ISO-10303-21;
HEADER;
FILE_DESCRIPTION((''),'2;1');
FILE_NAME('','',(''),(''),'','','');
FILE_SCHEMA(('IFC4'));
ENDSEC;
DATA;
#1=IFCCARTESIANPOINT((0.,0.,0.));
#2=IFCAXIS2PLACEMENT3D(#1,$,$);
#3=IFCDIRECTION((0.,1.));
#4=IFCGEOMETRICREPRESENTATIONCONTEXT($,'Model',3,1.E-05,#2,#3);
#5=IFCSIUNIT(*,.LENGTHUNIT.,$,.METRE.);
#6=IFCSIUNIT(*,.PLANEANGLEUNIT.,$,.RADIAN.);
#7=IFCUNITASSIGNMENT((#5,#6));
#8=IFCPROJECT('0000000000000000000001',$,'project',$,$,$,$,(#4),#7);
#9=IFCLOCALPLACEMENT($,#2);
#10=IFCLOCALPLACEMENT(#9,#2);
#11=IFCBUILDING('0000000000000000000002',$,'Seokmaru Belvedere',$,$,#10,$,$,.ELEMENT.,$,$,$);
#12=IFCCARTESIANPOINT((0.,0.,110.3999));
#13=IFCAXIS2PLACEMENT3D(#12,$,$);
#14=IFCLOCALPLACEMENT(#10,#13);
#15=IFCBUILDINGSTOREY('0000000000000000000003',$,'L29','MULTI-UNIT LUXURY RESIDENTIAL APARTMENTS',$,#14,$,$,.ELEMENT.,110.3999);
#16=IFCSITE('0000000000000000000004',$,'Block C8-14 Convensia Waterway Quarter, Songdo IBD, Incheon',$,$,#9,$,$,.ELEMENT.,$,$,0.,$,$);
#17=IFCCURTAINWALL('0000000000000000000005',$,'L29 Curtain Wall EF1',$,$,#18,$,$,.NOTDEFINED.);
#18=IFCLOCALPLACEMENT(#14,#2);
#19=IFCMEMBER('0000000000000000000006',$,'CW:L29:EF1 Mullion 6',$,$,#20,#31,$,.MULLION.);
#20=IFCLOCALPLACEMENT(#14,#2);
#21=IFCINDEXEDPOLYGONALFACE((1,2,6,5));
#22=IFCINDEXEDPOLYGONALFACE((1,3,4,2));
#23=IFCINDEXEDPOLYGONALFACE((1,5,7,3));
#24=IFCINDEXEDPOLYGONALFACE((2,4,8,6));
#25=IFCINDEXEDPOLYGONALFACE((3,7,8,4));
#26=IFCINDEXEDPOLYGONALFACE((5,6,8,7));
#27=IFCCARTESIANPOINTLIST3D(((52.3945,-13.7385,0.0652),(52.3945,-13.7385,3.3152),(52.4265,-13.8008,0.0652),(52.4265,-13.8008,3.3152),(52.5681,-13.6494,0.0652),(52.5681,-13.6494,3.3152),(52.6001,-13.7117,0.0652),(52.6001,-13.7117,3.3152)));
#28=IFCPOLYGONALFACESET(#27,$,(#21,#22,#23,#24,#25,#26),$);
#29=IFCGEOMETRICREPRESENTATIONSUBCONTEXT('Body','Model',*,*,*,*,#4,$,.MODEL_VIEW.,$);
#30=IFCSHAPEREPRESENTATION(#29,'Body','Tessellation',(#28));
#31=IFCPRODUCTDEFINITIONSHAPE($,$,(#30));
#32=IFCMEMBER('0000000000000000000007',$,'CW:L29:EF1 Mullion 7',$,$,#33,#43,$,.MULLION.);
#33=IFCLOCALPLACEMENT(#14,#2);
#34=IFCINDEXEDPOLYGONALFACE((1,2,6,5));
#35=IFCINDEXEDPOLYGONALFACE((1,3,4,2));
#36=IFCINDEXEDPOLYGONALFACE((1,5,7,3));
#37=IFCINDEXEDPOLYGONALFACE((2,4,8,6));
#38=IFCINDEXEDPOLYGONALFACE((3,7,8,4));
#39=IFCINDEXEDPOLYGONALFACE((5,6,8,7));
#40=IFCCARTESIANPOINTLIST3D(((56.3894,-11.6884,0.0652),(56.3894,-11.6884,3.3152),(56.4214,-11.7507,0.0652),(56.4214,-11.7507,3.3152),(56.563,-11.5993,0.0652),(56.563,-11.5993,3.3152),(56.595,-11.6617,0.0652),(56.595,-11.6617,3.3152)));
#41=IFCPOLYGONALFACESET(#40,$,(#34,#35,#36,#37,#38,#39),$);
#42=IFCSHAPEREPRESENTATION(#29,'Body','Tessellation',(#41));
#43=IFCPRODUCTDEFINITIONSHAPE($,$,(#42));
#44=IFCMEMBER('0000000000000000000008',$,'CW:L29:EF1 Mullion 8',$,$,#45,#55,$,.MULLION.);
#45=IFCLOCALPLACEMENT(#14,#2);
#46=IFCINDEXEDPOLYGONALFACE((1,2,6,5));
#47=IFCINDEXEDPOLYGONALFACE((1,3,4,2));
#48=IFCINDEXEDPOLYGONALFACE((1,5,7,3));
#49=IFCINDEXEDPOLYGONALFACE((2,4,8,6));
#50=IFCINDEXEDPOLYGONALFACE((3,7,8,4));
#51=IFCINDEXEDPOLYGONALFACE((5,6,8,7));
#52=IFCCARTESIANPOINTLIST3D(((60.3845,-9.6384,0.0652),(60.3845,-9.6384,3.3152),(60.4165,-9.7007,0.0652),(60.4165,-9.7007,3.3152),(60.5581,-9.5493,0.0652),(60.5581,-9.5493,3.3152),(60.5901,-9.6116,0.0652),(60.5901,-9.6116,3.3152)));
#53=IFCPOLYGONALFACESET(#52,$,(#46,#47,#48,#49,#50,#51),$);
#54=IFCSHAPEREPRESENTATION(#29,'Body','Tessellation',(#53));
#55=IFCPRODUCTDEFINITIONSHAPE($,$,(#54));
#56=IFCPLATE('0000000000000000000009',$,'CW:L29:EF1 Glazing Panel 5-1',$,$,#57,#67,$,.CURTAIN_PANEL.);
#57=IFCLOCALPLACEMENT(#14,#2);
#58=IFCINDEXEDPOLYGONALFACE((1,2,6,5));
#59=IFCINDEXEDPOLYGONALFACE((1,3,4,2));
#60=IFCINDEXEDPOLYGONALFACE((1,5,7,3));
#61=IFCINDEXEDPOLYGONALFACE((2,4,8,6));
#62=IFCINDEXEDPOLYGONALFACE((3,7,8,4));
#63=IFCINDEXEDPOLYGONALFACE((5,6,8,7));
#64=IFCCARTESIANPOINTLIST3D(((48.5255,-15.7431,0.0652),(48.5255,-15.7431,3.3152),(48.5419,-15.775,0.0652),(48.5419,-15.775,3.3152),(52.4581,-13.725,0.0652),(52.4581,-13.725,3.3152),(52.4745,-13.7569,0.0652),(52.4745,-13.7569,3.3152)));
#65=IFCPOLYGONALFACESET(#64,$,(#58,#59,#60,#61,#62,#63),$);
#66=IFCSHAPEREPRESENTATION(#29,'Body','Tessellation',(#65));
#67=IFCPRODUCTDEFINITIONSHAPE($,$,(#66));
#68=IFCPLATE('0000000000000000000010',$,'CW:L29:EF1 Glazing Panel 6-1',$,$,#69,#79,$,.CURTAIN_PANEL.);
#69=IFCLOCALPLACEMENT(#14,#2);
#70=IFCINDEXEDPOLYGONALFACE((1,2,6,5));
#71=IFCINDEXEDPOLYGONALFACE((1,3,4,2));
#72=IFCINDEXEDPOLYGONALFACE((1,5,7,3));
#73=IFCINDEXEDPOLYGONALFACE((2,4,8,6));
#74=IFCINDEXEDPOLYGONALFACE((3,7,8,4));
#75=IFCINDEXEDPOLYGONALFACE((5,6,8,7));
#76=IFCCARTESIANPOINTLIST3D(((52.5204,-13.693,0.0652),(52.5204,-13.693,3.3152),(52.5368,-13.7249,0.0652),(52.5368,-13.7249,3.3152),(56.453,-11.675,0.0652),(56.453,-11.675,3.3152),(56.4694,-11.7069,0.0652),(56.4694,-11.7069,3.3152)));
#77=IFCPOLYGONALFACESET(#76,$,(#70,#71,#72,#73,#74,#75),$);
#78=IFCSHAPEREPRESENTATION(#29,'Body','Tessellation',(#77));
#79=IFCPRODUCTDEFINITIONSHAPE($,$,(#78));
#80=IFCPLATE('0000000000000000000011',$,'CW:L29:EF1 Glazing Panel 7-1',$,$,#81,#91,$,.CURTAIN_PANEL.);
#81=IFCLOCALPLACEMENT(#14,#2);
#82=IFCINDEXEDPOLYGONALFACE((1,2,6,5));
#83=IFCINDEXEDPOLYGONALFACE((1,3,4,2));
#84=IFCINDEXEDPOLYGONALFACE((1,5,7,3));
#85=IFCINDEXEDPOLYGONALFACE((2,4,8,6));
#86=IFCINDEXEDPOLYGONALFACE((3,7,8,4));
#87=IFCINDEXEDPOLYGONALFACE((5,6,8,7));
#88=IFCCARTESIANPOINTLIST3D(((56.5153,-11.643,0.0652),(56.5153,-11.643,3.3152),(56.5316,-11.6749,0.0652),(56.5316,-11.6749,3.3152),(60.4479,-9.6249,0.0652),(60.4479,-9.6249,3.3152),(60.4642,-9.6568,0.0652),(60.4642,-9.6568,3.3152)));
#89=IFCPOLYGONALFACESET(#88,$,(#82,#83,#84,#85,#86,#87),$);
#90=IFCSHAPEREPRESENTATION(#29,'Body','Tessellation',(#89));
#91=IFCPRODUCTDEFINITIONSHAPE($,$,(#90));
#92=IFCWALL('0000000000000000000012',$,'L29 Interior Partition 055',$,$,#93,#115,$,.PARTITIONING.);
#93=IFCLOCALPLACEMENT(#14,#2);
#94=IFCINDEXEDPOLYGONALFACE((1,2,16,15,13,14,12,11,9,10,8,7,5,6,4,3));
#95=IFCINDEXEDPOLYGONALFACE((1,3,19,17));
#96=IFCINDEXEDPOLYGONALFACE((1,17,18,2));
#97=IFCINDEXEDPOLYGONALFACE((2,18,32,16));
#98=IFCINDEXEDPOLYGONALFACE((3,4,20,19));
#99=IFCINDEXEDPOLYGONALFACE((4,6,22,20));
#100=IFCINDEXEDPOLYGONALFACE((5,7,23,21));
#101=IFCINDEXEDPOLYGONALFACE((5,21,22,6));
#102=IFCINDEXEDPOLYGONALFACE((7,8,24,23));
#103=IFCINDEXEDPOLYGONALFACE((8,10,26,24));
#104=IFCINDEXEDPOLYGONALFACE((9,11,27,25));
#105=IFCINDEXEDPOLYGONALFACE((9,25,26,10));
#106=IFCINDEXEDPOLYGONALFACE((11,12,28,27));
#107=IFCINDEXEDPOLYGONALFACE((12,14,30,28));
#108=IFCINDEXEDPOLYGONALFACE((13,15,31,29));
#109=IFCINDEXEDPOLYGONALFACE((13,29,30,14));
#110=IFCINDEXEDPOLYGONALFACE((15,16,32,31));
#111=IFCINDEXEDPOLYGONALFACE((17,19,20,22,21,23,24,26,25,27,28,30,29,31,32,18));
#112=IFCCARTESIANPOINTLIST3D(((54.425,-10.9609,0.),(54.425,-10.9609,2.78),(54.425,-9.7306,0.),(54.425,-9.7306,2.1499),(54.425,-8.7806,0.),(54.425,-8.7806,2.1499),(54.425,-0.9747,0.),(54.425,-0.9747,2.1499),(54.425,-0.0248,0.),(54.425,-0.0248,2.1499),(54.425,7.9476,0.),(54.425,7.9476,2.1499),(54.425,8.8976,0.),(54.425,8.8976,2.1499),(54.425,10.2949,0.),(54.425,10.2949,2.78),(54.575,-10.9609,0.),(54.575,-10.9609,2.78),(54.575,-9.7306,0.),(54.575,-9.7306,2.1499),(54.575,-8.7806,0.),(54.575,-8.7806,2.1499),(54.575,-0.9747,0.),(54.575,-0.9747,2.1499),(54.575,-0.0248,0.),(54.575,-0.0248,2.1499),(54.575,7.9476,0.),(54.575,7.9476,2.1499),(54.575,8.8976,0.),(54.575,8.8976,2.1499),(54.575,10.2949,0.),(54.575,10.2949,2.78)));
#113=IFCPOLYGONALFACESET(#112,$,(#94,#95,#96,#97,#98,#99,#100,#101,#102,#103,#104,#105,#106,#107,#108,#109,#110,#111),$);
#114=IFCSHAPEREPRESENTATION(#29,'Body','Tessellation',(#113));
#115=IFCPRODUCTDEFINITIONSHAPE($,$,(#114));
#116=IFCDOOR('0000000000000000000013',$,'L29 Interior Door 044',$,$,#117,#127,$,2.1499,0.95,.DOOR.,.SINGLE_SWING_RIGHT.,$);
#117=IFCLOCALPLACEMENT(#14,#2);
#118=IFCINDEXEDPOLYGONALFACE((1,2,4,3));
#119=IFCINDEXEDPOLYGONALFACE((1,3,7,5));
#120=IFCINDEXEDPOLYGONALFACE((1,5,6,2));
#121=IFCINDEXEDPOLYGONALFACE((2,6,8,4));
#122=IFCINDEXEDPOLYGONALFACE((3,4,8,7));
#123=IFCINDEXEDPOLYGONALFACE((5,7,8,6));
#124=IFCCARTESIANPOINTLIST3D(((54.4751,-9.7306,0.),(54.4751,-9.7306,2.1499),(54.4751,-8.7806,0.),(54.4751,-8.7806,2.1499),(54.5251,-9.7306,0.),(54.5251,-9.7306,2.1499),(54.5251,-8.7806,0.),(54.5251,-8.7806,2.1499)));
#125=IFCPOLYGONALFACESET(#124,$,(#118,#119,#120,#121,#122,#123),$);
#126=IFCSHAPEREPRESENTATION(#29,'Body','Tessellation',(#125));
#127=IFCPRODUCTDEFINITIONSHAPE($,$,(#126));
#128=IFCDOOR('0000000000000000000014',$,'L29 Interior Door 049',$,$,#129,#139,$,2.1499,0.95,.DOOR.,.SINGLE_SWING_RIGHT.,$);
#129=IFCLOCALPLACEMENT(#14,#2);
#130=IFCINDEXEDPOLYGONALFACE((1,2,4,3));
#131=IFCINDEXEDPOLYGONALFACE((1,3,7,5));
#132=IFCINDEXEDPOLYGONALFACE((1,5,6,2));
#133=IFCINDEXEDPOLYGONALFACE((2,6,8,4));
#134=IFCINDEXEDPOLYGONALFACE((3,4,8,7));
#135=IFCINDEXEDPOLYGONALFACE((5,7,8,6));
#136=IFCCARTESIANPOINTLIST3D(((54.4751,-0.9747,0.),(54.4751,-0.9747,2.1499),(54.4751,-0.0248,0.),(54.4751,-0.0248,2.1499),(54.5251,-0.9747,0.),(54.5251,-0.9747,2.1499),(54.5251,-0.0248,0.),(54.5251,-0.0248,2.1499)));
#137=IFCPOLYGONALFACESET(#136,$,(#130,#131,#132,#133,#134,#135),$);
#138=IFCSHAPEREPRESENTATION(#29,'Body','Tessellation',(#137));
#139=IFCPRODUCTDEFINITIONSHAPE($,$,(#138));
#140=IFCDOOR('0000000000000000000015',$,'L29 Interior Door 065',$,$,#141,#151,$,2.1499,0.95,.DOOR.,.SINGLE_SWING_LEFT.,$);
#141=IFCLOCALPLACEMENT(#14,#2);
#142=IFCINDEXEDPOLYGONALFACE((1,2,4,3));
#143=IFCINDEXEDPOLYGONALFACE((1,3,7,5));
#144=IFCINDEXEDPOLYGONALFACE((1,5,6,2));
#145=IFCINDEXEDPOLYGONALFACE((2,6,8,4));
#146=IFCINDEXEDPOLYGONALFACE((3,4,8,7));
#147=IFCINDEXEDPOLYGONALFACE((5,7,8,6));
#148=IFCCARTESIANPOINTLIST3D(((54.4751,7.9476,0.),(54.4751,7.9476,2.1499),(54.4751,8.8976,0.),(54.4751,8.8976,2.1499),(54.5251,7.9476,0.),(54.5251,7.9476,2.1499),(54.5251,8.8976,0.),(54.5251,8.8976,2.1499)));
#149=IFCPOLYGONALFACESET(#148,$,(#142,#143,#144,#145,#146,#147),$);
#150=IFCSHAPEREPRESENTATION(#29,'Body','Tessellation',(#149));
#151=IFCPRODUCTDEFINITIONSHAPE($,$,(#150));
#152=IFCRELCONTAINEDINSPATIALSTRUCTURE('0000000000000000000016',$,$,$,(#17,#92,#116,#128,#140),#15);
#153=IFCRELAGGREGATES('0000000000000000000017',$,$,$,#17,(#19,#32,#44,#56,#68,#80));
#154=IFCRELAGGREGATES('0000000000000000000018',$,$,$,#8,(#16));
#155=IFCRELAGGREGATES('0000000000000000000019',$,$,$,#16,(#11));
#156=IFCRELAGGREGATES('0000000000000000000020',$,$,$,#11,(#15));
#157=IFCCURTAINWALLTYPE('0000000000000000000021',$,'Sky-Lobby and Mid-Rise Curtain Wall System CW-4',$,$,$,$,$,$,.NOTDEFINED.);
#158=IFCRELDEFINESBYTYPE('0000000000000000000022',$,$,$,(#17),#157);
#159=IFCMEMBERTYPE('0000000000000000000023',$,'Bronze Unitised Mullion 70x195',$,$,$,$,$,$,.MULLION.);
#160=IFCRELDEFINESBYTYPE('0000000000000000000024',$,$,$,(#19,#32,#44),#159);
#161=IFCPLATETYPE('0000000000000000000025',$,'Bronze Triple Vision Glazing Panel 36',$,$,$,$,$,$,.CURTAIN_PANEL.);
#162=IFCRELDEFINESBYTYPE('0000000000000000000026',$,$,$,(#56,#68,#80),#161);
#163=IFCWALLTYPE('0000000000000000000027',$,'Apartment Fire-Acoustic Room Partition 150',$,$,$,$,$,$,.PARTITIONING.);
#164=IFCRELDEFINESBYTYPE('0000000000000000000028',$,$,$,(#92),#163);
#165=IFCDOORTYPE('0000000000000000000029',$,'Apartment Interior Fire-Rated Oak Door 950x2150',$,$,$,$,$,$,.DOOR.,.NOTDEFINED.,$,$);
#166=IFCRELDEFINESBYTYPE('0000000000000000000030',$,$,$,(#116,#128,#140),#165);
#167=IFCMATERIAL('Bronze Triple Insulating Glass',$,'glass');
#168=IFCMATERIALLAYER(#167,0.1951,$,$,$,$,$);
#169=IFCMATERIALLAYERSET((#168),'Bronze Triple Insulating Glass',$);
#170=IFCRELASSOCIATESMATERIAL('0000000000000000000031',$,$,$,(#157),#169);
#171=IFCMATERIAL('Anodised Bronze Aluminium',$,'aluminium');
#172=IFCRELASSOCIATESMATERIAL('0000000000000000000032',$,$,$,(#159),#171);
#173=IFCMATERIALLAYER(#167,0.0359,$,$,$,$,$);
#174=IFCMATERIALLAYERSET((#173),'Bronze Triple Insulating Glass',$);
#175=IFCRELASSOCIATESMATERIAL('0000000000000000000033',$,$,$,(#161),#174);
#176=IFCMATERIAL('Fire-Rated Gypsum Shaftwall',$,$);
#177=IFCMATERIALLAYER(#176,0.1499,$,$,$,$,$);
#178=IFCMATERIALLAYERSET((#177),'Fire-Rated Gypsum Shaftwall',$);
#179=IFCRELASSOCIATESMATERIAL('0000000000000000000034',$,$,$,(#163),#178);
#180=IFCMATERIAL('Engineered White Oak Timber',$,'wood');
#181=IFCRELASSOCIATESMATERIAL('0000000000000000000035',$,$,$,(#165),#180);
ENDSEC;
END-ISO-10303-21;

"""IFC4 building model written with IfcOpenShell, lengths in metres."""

from ifc_helpers import new_model, si_unit, direction, frame, frame_2d, origin, origin_2d, place, context, subcontext, project, spatial, rectangle, extrude, source, transform, mapped, material, layer, layer_set, material_profile, profile_set, type_object, type_shapes, element, fill, aggregate, save


model = new_model("IFC4")

# Units and contexts
model_context = context("Model", 3, precision=1e-05, world=origin(), true_north=direction((0.0, 1.0)))
body_context = subcontext(model_context, "Body", "Model", "MODEL_VIEW")
ifc_project = project(units=[si_unit("LENGTHUNIT", "METRE"), si_unit("PLANEANGLEUNIT", "RADIAN")], contexts=[model_context])

# Site, building, storey
site_placement = place(None, origin())
site = spatial("IfcSite", under=ifc_project, at=site_placement, Name="Block C8-14 Convensia Waterway Quarter, Songdo IBD, Incheon", CompositionType="ELEMENT", RefElevation=0.0)
building_placement = place(site_placement, origin())
building = spatial("IfcBuilding", under=site, at=building_placement, Name="Seokmaru Belvedere", CompositionType="ELEMENT")
storey_placement = place(building_placement, frame((0.0, 0.0, 110.3999)))
storey = spatial("IfcBuildingStorey", under=building, at=storey_placement, Name="L29", Description="MULTI-UNIT LUXURY RESIDENTIAL APARTMENTS", CompositionType="ELEMENT", Elevation=110.3999)

# Curtain wall, members, plates
ifc_material_1 = material(Name="Bronze Triple Insulating Glass", Category="glass")
ifc_layer_1 = layer(ifc_material_1, 0.1951)
ifc_layer_set_1 = layer_set([ifc_layer_1], Name="Bronze Triple Insulating Glass")
curtain_wall_type = type_object("IfcCurtainWallType", Name="Sky-Lobby and Mid-Rise Curtain Wall System CW-4", PredefinedType="NOTDEFINED", material=ifc_layer_set_1)
curtain_wall_placement = place(storey_placement, origin())
curtain_wall = element("IfcCurtainWall", 1, at=curtain_wall_placement, inside=storey, type_object=curtain_wall_type, Name="L29 Curtain Wall EF1", PredefinedType="NOTDEFINED")
ifc_material_2 = material(Name="Anodised Bronze Aluminium", Category="aluminium")
ifc_material_profile_1 = material_profile(ifc_material_2, rectangle(XDim=0.0701, YDim=0.1951, at=origin_2d()), Name="CW-M-70x195")
ifc_profile_set_1 = profile_set([ifc_material_profile_1], Name="Anodised Bronze Aluminium")
member_type = type_object("IfcMemberType", Name="Bronze Unitised Mullion 70x195", PredefinedType="MULLION", material=ifc_profile_set_1)
shared_shape_1 = source(origin(), body_context, "Body", "SweptSolid", [
    extrude(rectangle(XDim=0.0701, YDim=0.1951, at=origin_2d()), origin(), (0.0, 0.0, 1.0), 3.25),
])
type_shapes(member_type, [shared_shape_1])
member_1_placement = place(storey_placement, frame((52.4973, -13.7251, 0.0652), z_axis=(0.0, 0.0, 1.0), x_axis=(-0.456555, 0.889695, 0.0)))
member_1 = element("IfcMember", 2, at=member_1_placement, type_object=member_type, Name="CW:L29:EF1 Mullion 6", PredefinedType="MULLION", context=body_context, shape_type="MappedRepresentation", body=[
    mapped(shared_shape_1, transform((0.0, 0.0, 0.0), scale=1.0)),
])
member_2_placement = place(storey_placement, frame((56.4922, -11.675, 0.0652), z_axis=(0.0, 0.0, 1.0), x_axis=(-0.456555, 0.889695, 0.0)))
member_2 = element("IfcMember", 3, at=member_2_placement, type_object=member_type, Name="CW:L29:EF1 Mullion 7", PredefinedType="MULLION", context=body_context, shape_type="MappedRepresentation", body=[
    mapped(shared_shape_1, transform((0.0, 0.0, 0.0), scale=1.0)),
])
member_3_placement = place(storey_placement, frame((60.4873, -9.625, 0.0652), z_axis=(0.0, 0.0, 1.0), x_axis=(-0.456555, 0.889695, 0.0)))
member_3 = element("IfcMember", 4, at=member_3_placement, type_object=member_type, Name="CW:L29:EF1 Mullion 8", PredefinedType="MULLION", context=body_context, shape_type="MappedRepresentation", body=[
    mapped(shared_shape_1, transform((0.0, 0.0, 0.0), scale=1.0)),
])
ifc_layer_2 = layer(ifc_material_1, 0.0359)
ifc_layer_set_2 = layer_set([ifc_layer_2], Name="Bronze Triple Insulating Glass")
plate_type = type_object("IfcPlateType", Name="Bronze Triple Vision Glazing Panel 36", PredefinedType="CURTAIN_PANEL", material=ifc_layer_set_2)
shared_shape_2 = source(origin(), body_context, "Body", "SweptSolid", [
    extrude(rectangle(XDim=4.4202, YDim=0.0359, at=origin_2d()), origin(), (0.0, 0.0, 1.0), 3.25),
])
type_shapes(plate_type, [shared_shape_2])
plate_1_placement = place(storey_placement, frame((50.5, -14.75, 0.0652), z_axis=(0.0, 0.0, 1.0), x_axis=(0.889695, 0.456555, 0.0)))
plate_1 = element("IfcPlate", 5, at=plate_1_placement, type_object=plate_type, Name="CW:L29:EF1 Glazing Panel 5-1", PredefinedType="CURTAIN_PANEL", context=body_context, shape_type="MappedRepresentation", body=[
    mapped(shared_shape_2, transform((0.0, 0.0, 0.0), scale=1.0)),
])
plate_2_placement = place(storey_placement, frame((54.4949, -12.7, 0.0652), z_axis=(0.0, 0.0, 1.0), x_axis=(0.889695, 0.456555, 0.0)))
plate_2 = element("IfcPlate", 6, at=plate_2_placement, type_object=plate_type, Name="CW:L29:EF1 Glazing Panel 6-1", PredefinedType="CURTAIN_PANEL", context=body_context, shape_type="MappedRepresentation", body=[
    mapped(shared_shape_2, transform((0.0, 0.0, 0.0), scale=1.0)),
])
plate_3_placement = place(storey_placement, frame((58.4897, -10.6499, 0.0652), z_axis=(0.0, 0.0, 1.0), x_axis=(0.889695, 0.456555, 0.0)))
plate_3 = element("IfcPlate", 7, at=plate_3_placement, type_object=plate_type, Name="CW:L29:EF1 Glazing Panel 7-1", PredefinedType="CURTAIN_PANEL", context=body_context, shape_type="MappedRepresentation", body=[
    mapped(shared_shape_2, transform((0.0, 0.0, 0.0), scale=1.0)),
])
aggregate(curtain_wall, [member_1, member_2, member_3, plate_1, plate_2, plate_3])

# Wall, openings, doors
ifc_material_3 = material(Name="Fire-Rated Gypsum Shaftwall")
ifc_layer_3 = layer(ifc_material_3, 0.1499)
ifc_layer_set_3 = layer_set([ifc_layer_3], Name="Fire-Rated Gypsum Shaftwall")
wall_type = type_object("IfcWallType", Name="Apartment Fire-Acoustic Room Partition 150", PredefinedType="PARTITIONING", material=ifc_layer_set_3)
wall_1_placement = place(storey_placement, frame((54.5, -10.9609, 0.0), z_axis=(0.0, 0.0, 1.0), x_axis=(0.0, 1.0, 0.0)))
wall_1 = element("IfcWall", 8, at=wall_1_placement, inside=storey, type_object=wall_type, Name="L29 Interior Partition 055", PredefinedType="PARTITIONING", context=body_context, shape_type="SweptSolid", body=[
    extrude(rectangle(XDim=21.2559, YDim=0.1499, at=frame_2d((10.6279, 0.0))), origin(), (0.0, 0.0, 1.0), 2.78),
])
opening_1_placement = place(wall_1_placement, frame((1.2302, 0.0, 0.0)))
opening_1 = element("IfcOpeningElement", 9, at=opening_1_placement, cuts=wall_1, PredefinedType="OPENING", context=body_context, shape_type="SweptSolid", body=[
    extrude(rectangle(XDim=0.95, YDim=2.1499, at=frame_2d((0.4751, 1.075))), frame((0.0, 0.085, 0.0), z_axis=(0.0, -1.0, 0.0), x_axis=(1.0, 0.0, 0.0)), (0.0, 0.0, 1.0), 0.1699),
])
opening_2_placement = place(wall_1_placement, frame((9.9861, 0.0, 0.0)))
opening_2 = element("IfcOpeningElement", 10, at=opening_2_placement, cuts=wall_1, PredefinedType="OPENING", context=body_context, shape_type="SweptSolid", body=[
    extrude(rectangle(XDim=0.95, YDim=2.1499, at=frame_2d((0.4751, 1.075))), frame((0.0, 0.085, 0.0), z_axis=(0.0, -1.0, 0.0), x_axis=(1.0, 0.0, 0.0)), (0.0, 0.0, 1.0), 0.1699),
])
opening_3_placement = place(wall_1_placement, frame((18.9084, 0.0, 0.0)))
opening_3 = element("IfcOpeningElement", 11, at=opening_3_placement, cuts=wall_1, PredefinedType="OPENING", context=body_context, shape_type="SweptSolid", body=[
    extrude(rectangle(XDim=0.95, YDim=2.1499, at=frame_2d((0.4751, 1.075))), frame((0.0, 0.085, 0.0), z_axis=(0.0, -1.0, 0.0), x_axis=(1.0, 0.0, 0.0)), (0.0, 0.0, 1.0), 0.1699),
])
ifc_material_4 = material(Name="Engineered White Oak Timber", Category="wood")
door_type = type_object("IfcDoorType", Name="Apartment Interior Fire-Rated Oak Door 950x2150", OperationType="NOTDEFINED", PredefinedType="DOOR", material=ifc_material_4)
shared_shape_3 = source(origin(), body_context, "Body", "SweptSolid", [
    extrude(rectangle(XDim=0.95, YDim=2.1499, at=frame_2d((0.4751, 1.075))), frame((0.0, 0.0249, 0.0), z_axis=(0.0, -1.0, 0.0), x_axis=(1.0, 0.0, 0.0)), (0.0, 0.0, 1.0), 0.05),
])
type_shapes(door_type, [shared_shape_3])
door_1_placement = place(opening_1_placement, origin())
door_1 = element("IfcDoor", 12, at=door_1_placement, inside=storey, type_object=door_type, Name="L29 Interior Door 044", OperationType="SINGLE_SWING_RIGHT", OverallHeight=2.1499, OverallWidth=0.95, PredefinedType="DOOR", context=body_context, shape_type="MappedRepresentation", body=[
    mapped(shared_shape_3, transform((0.0, 0.0, 0.0), scale=1.0)),
])
fill(opening_1, door_1)
door_2_placement = place(opening_2_placement, origin())
door_2 = element("IfcDoor", 13, at=door_2_placement, inside=storey, type_object=door_type, Name="L29 Interior Door 049", OperationType="SINGLE_SWING_RIGHT", OverallHeight=2.1499, OverallWidth=0.95, PredefinedType="DOOR", context=body_context, shape_type="MappedRepresentation", body=[
    mapped(shared_shape_3, transform((0.0, 0.0, 0.0), scale=1.0)),
])
fill(opening_2, door_2)
door_3_placement = place(opening_3_placement, origin())
door_3 = element("IfcDoor", 14, at=door_3_placement, inside=storey, type_object=door_type, Name="L29 Interior Door 065", OperationType="SINGLE_SWING_LEFT", OverallHeight=2.1499, OverallWidth=0.95, PredefinedType="DOOR", context=body_context, shape_type="MappedRepresentation", body=[
    mapped(shared_shape_3, transform((0.0, 0.0, 0.0), scale=1.0)),
])
fill(opening_3, door_3)

save(model, "model.ifc")
